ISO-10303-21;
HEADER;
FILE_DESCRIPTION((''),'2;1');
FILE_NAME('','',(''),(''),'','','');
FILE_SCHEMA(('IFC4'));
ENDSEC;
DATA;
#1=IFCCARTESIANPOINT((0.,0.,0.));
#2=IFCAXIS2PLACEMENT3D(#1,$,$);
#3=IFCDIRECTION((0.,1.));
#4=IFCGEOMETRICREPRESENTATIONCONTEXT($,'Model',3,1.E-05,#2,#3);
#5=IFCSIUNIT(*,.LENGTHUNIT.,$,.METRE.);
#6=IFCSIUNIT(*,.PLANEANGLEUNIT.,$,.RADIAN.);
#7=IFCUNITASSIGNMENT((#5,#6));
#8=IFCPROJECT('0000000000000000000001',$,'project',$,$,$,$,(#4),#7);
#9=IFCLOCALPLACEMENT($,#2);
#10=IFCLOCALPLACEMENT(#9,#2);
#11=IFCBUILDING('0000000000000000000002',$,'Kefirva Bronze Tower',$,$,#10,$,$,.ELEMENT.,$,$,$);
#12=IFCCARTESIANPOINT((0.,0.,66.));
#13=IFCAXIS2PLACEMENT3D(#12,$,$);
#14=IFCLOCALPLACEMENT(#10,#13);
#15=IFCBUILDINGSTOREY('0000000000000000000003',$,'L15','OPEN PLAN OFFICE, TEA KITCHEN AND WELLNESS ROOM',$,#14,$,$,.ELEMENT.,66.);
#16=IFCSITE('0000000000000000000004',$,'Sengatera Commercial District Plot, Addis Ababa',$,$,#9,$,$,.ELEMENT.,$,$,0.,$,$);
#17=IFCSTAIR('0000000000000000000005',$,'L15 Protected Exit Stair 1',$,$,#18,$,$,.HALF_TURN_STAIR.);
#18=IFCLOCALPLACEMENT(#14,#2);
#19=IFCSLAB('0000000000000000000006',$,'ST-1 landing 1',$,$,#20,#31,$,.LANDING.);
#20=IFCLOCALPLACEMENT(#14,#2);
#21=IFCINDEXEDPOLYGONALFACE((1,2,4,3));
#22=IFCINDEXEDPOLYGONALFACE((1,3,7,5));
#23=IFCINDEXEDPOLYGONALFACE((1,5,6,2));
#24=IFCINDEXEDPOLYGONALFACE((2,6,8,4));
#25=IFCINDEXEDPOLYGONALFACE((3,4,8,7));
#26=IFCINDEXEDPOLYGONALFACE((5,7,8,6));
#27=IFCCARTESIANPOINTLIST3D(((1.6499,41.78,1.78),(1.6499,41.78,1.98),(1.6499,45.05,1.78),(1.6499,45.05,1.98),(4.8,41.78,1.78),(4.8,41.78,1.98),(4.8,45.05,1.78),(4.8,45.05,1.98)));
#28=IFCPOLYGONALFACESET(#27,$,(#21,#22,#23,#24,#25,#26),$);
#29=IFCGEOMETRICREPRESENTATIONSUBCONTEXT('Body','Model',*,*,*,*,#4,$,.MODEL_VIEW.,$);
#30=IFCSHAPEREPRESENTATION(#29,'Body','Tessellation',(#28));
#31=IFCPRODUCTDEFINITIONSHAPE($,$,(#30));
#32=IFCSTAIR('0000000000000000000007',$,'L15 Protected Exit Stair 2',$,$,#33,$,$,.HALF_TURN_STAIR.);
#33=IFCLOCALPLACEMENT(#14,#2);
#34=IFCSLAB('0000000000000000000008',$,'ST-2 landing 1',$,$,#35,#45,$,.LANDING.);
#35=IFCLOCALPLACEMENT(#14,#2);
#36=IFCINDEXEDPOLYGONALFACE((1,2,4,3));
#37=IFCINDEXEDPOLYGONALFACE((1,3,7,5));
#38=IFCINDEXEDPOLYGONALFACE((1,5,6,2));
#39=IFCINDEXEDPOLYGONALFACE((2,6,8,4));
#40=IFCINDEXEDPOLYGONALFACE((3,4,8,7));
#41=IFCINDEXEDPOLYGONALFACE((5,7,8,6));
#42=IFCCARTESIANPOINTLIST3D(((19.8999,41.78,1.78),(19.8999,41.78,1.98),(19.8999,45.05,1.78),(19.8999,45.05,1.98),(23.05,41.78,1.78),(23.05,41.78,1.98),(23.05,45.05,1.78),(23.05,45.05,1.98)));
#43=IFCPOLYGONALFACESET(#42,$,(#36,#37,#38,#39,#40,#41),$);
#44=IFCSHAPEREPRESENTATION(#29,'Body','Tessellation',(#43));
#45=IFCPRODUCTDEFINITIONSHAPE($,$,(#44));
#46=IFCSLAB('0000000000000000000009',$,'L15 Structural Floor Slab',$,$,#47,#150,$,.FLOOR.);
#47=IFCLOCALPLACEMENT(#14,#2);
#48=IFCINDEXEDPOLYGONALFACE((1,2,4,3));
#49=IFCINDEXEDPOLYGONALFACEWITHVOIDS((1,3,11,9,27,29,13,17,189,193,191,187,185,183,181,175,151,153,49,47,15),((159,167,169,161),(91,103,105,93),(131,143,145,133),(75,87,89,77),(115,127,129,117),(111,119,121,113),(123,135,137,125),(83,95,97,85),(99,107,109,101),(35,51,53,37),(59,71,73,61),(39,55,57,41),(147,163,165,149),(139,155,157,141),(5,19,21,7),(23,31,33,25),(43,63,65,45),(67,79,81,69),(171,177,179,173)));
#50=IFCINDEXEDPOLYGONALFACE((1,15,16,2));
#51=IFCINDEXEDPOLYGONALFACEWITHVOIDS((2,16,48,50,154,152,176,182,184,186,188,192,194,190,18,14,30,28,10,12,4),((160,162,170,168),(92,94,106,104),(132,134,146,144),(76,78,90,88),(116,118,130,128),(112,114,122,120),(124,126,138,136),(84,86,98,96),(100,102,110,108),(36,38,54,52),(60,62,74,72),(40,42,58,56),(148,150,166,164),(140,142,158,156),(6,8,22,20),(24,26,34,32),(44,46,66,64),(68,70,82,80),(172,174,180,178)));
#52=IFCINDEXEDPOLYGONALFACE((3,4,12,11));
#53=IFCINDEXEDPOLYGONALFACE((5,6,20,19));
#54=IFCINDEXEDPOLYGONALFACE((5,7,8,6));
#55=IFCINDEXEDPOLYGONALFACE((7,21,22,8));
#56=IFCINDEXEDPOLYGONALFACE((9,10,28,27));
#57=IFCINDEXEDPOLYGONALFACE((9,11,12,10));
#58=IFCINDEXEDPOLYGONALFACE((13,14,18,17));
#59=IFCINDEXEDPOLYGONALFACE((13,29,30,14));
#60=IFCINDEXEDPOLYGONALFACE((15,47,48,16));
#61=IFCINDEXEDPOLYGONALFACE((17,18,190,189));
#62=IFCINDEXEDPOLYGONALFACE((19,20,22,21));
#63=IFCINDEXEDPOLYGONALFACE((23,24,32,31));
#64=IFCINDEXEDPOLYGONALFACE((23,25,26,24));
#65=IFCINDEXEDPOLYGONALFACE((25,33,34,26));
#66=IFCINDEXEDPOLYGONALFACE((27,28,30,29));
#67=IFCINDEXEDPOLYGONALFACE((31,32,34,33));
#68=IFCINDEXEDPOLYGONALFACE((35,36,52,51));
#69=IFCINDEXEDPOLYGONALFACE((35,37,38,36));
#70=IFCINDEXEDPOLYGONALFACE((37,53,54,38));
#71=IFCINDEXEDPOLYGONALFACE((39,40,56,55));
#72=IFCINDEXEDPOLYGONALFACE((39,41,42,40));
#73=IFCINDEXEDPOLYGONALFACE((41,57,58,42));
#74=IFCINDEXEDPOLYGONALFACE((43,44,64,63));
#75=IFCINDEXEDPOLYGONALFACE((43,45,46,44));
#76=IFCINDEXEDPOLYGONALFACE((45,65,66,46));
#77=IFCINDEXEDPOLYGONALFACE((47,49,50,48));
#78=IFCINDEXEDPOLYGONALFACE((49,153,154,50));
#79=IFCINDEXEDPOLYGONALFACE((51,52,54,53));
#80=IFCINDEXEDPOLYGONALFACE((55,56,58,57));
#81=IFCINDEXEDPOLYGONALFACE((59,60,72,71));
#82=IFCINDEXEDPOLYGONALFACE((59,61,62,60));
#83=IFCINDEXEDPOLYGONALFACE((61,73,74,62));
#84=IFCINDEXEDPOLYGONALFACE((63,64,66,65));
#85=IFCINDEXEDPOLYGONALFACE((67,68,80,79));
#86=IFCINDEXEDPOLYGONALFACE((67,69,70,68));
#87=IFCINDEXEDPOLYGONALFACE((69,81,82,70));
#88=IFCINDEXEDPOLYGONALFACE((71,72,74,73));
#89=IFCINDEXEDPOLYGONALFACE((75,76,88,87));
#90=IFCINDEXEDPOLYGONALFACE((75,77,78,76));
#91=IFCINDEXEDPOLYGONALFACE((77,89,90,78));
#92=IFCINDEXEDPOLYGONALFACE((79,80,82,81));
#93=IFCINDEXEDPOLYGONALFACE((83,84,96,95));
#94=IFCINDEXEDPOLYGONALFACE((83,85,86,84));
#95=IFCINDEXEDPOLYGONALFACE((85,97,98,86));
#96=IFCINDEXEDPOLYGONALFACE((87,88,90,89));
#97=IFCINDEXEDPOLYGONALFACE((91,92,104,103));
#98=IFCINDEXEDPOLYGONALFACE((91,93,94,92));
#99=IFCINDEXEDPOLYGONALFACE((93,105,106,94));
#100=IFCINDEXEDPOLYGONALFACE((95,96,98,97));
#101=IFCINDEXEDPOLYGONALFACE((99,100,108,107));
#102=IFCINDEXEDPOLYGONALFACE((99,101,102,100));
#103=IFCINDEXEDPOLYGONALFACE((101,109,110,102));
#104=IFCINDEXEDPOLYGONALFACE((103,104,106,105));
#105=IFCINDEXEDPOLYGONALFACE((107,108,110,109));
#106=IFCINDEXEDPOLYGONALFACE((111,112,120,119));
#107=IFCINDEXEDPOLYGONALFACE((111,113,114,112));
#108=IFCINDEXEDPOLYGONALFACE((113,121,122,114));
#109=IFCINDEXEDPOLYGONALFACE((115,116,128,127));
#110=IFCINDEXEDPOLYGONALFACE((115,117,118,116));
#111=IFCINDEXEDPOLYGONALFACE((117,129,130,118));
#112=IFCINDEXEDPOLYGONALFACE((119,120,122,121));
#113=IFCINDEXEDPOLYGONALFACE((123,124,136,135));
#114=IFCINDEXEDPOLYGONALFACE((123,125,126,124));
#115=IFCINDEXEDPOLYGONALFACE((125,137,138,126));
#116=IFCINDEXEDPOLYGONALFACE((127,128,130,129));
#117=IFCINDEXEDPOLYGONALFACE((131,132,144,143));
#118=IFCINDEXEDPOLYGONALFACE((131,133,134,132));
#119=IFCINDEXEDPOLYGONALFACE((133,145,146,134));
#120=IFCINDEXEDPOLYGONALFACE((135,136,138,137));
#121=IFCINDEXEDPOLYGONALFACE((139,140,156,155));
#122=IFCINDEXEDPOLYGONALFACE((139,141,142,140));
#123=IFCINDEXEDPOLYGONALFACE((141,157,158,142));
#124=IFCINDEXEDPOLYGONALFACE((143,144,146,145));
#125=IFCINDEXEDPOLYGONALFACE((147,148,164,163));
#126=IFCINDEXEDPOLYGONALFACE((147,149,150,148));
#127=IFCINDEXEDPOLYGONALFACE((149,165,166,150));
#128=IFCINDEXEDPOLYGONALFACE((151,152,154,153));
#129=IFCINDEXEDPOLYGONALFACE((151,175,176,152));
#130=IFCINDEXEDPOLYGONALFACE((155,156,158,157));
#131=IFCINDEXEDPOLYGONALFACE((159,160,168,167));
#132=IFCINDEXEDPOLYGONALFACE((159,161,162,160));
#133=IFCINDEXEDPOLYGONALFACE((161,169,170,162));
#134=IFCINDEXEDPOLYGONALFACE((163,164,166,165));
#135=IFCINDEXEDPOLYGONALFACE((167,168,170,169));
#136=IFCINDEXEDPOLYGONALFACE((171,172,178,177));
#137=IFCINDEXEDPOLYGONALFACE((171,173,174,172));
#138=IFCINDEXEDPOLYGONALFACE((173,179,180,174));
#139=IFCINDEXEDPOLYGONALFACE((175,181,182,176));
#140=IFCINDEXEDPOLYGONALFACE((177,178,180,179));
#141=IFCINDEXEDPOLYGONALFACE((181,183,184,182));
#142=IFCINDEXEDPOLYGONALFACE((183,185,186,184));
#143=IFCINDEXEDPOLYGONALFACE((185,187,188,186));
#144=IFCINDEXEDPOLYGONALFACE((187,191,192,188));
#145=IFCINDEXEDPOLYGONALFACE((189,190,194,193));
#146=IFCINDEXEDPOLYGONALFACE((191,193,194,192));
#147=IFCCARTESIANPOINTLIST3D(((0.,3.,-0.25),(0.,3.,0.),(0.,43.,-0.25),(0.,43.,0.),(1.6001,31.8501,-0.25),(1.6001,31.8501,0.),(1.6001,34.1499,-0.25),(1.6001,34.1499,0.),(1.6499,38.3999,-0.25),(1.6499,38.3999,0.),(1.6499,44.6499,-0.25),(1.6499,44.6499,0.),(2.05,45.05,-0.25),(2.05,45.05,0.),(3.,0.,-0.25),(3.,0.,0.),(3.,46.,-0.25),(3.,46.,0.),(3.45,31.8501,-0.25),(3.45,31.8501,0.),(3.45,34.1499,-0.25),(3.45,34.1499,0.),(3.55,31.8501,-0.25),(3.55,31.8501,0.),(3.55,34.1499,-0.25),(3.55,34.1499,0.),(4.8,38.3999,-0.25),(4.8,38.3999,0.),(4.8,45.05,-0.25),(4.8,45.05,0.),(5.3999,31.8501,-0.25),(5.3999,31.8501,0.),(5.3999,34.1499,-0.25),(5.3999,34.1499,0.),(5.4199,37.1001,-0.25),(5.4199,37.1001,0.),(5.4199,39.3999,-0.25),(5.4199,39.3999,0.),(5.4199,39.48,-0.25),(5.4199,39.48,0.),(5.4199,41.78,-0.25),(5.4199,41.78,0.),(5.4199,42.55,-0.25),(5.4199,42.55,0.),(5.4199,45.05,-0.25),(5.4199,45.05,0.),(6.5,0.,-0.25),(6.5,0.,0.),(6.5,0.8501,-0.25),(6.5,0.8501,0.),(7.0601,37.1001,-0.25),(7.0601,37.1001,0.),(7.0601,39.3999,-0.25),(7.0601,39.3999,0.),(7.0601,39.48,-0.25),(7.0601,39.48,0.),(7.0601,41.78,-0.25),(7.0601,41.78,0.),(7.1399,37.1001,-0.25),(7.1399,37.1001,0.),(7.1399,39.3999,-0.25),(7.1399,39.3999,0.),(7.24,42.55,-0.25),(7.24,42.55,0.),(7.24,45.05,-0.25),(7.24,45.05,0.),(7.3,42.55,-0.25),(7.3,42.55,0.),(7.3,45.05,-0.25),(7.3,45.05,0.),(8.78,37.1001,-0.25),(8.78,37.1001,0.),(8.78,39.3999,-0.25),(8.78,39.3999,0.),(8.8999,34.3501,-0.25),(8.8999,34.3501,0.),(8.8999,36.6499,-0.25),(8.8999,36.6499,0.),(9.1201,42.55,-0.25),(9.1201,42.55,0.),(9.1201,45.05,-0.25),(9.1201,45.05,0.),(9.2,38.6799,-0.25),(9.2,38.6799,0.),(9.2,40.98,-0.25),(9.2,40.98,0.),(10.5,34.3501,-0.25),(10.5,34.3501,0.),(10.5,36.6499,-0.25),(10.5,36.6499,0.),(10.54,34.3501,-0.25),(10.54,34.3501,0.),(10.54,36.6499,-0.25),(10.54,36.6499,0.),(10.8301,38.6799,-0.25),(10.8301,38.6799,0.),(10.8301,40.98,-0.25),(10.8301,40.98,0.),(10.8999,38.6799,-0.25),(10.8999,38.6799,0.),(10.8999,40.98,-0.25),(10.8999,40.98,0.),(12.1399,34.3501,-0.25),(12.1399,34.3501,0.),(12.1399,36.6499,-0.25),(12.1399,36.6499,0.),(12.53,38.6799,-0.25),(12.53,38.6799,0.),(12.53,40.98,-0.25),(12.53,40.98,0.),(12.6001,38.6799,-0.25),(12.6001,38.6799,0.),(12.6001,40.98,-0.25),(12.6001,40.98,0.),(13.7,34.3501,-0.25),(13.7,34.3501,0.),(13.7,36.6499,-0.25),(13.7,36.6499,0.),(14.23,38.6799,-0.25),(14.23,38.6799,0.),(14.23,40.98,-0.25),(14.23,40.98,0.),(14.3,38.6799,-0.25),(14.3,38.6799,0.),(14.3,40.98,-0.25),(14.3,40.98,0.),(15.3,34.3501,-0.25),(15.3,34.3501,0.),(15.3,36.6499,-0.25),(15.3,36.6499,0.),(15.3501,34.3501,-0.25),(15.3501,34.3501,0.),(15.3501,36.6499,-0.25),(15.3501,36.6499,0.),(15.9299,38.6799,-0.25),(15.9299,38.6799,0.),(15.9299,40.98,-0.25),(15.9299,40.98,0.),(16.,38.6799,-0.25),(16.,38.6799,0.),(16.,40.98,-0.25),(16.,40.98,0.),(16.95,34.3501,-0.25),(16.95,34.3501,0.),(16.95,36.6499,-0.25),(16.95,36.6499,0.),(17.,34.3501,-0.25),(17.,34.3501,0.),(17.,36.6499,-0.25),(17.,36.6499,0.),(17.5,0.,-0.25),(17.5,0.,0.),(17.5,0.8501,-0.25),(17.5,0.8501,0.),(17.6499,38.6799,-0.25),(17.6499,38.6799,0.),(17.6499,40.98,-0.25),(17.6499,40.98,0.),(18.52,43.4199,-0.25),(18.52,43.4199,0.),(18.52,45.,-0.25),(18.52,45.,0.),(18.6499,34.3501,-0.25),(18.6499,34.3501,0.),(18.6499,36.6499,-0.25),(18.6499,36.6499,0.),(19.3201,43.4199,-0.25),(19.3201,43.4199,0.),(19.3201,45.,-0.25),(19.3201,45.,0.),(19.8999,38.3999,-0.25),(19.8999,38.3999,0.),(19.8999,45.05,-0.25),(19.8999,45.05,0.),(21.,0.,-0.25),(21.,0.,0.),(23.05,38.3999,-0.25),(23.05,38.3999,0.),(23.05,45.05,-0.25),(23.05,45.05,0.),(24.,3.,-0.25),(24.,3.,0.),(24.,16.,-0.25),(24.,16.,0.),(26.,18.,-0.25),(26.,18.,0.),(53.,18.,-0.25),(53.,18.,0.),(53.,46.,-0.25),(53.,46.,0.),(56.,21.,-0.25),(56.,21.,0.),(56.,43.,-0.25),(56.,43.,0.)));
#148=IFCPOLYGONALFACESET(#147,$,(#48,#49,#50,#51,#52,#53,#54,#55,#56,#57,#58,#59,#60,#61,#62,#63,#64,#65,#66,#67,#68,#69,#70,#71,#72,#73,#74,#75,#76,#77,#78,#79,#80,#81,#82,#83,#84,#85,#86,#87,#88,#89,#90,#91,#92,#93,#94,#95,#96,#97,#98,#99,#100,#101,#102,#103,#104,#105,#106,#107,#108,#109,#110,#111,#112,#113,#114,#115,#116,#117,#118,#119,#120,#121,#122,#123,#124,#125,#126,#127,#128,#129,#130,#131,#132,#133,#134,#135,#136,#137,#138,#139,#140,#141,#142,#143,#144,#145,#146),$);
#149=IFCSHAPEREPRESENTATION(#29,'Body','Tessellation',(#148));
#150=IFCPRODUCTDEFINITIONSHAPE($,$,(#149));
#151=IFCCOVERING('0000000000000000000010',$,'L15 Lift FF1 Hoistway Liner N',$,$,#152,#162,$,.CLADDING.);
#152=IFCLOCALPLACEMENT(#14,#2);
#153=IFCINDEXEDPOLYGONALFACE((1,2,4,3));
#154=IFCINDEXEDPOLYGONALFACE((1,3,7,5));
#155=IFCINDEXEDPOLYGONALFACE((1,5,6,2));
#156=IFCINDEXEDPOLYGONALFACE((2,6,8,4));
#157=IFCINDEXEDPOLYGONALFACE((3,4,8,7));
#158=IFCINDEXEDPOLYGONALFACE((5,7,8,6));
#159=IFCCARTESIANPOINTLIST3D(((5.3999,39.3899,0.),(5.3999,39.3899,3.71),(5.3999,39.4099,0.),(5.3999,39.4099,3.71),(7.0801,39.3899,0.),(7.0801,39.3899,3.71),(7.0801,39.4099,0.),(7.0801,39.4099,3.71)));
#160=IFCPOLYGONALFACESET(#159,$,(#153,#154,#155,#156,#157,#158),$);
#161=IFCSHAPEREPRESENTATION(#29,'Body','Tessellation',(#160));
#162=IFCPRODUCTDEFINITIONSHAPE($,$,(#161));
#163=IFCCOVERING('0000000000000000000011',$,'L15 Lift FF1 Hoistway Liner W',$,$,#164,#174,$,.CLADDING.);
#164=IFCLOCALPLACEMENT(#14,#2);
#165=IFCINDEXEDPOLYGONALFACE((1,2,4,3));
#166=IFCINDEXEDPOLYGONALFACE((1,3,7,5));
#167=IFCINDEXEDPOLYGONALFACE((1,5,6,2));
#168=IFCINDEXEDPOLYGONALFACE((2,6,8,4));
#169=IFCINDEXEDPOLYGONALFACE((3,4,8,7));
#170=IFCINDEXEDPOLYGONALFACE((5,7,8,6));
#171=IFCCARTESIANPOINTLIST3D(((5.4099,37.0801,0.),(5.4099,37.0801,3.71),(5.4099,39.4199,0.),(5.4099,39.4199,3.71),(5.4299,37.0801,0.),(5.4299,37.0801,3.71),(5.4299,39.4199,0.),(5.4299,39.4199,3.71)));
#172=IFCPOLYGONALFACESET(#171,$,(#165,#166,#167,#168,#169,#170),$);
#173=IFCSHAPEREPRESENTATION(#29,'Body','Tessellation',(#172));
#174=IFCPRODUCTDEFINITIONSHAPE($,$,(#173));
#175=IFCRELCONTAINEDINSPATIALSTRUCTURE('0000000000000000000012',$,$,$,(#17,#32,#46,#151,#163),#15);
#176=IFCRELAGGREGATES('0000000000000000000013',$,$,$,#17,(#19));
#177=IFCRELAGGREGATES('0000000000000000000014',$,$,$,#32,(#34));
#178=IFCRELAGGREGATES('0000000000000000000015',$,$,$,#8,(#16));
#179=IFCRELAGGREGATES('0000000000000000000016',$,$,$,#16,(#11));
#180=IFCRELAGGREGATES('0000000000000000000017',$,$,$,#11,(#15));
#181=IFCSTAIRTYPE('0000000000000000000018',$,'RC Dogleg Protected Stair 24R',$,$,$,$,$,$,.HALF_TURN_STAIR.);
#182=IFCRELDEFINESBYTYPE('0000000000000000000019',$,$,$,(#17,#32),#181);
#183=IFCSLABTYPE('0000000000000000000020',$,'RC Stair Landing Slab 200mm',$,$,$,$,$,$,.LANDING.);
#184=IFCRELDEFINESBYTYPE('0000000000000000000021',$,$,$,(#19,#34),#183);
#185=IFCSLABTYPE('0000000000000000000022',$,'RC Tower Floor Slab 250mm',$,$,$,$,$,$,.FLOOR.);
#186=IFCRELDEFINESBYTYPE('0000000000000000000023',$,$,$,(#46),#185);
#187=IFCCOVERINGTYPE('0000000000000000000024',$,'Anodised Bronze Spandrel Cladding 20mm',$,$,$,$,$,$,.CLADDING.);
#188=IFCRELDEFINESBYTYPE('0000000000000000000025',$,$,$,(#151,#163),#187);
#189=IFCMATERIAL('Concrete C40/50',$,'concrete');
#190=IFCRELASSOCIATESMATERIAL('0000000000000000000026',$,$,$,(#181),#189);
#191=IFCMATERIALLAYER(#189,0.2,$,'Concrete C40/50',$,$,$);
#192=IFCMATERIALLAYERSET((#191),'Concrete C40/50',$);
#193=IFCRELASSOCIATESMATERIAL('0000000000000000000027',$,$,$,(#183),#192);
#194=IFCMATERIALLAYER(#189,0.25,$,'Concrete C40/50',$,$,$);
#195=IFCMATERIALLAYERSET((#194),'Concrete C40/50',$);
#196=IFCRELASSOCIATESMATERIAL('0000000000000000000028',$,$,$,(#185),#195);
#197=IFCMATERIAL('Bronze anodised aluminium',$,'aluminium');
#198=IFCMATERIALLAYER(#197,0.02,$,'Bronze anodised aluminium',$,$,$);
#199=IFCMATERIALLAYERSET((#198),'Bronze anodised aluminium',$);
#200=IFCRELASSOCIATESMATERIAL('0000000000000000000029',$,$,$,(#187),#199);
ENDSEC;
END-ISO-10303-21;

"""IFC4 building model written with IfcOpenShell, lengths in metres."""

from ifc_helpers import new_model, si_unit, direction, frame, origin, place, context, subcontext, project, spatial, polyline, outline, extrude, material, layer, layer_set, type_object, element, aggregate, save


model = new_model("IFC4")

# Units and contexts
model_context = context("Model", 3, precision=1e-05, world=origin(), true_north=direction((0.0, 1.0)))
body_context = subcontext(model_context, "Body", "Model", "MODEL_VIEW")
ifc_project = project(units=[si_unit("LENGTHUNIT", "METRE"), si_unit("PLANEANGLEUNIT", "RADIAN")], contexts=[model_context])

# Site, building, storey
site_placement = place(None, origin())
site = spatial("IfcSite", under=ifc_project, at=site_placement, Name="Sengatera Commercial District Plot, Addis Ababa", CompositionType="ELEMENT", RefElevation=0.0)
building_placement = place(site_placement, origin())
building = spatial("IfcBuilding", under=site, at=building_placement, Name="Kefirva Bronze Tower", CompositionType="ELEMENT")
storey_placement = place(building_placement, frame((0.0, 0.0, 66.0)))
storey = spatial("IfcBuildingStorey", under=building, at=storey_placement, Name="L15", Description="OPEN PLAN OFFICE, TEA KITCHEN AND WELLNESS ROOM", CompositionType="ELEMENT", Elevation=66.0)

# Stairs, slabs
ifc_material_1 = material(Name="Concrete C40/50", Category="concrete")
stair_type = type_object("IfcStairType", Name="RC Dogleg Protected Stair 24R", PredefinedType="HALF_TURN_STAIR", material=ifc_material_1)
stair_1_placement = place(storey_placement, origin())
stair_1 = element("IfcStair", 1, at=stair_1_placement, inside=storey, type_object=stair_type, Name="L15 Protected Exit Stair 1", PredefinedType="HALF_TURN_STAIR")
ifc_layer_1 = layer(ifc_material_1, 0.2, Name="Concrete C40/50")
ifc_layer_set_1 = layer_set([ifc_layer_1], Name="Concrete C40/50")
slab_type_1 = type_object("IfcSlabType", Name="RC Stair Landing Slab 200mm", PredefinedType="LANDING", material=ifc_layer_set_1)
slab_1_placement = place(storey_placement, frame((0.0, 0.0, 1.78)))
slab_1 = element("IfcSlab", 2, at=slab_1_placement, type_object=slab_type_1, Name="ST-1 landing 1", PredefinedType="LANDING", context=body_context, shape_type="SweptSolid", body=[
    extrude(outline(polyline([(4.8, 41.78), (4.8, 45.05), (1.6499, 45.05), (1.6499, 41.78), (4.8, 41.78)])), origin(), (0.0, 0.0, 1.0), 0.2),
])
aggregate(stair_1, [slab_1])
stair_2_placement = place(storey_placement, origin())
stair_2 = element("IfcStair", 3, at=stair_2_placement, inside=storey, type_object=stair_type, Name="L15 Protected Exit Stair 2", PredefinedType="HALF_TURN_STAIR")
slab_2_placement = place(storey_placement, frame((0.0, 0.0, 1.78)))
slab_2 = element("IfcSlab", 4, at=slab_2_placement, type_object=slab_type_1, Name="ST-2 landing 1", PredefinedType="LANDING", context=body_context, shape_type="SweptSolid", body=[
    extrude(outline(polyline([(23.05, 41.78), (23.05, 45.05), (19.8999, 45.05), (19.8999, 41.78), (23.05, 41.78)])), origin(), (0.0, 0.0, 1.0), 0.2),
])
aggregate(stair_2, [slab_2])

# Slab
ifc_layer_2 = layer(ifc_material_1, 0.25, Name="Concrete C40/50")
ifc_layer_set_2 = layer_set([ifc_layer_2], Name="Concrete C40/50")
slab_type_2 = type_object("IfcSlabType", Name="RC Tower Floor Slab 250mm", PredefinedType="FLOOR", material=ifc_layer_set_2)
slab_3_placement = place(storey_placement, frame((0.0, 0.0, -0.25)))
element("IfcSlab", 5, at=slab_3_placement, inside=storey, type_object=slab_type_2, Name="L15 Structural Floor Slab", PredefinedType="FLOOR", context=body_context, shape_type="SweptSolid", body=[
    extrude(outline(polyline([(0.0, 3.0), (0.0, 43.0), (1.6499, 44.6499), (1.6499, 38.3999), (4.8, 38.3999), (4.8, 45.05), (2.05, 45.05), (3.0, 46.0), (53.0, 46.0), (56.0, 43.0), (56.0, 21.0), (53.0, 18.0), (26.0, 18.0), (24.0, 16.0), (24.0, 3.0), (21.0, 0.0), (17.5, 0.0), (17.5, 0.8501), (6.5, 0.8501), (6.5, 0.0), (3.0, 0.0), (0.0, 3.0)]), holes=[polyline([(19.8999, 38.3999), (23.05, 38.3999), (23.05, 45.05), (19.8999, 45.05), (19.8999, 38.3999)]), polyline([(18.52, 43.4199), (19.3201, 43.4199), (19.3201, 45.0), (18.52, 45.0), (18.52, 43.4199)]), polyline([(17.0, 34.3501), (18.6499, 34.3501), (18.6499, 36.6499), (17.0, 36.6499), (17.0, 34.3501)]), polyline([(17.6499, 38.6799), (17.6499, 40.98), (16.0, 40.98), (16.0, 38.6799), (17.6499, 38.6799)]), polyline([(16.95, 34.3501), (16.95, 36.6499), (15.3501, 36.6499), (15.3501, 34.3501), (16.95, 34.3501)]), polyline([(15.9299, 38.6799), (15.9299, 40.98), (14.3, 40.98), (14.3, 38.6799), (15.9299, 38.6799)]), polyline([(15.3, 34.3501), (15.3, 36.6499), (13.7, 36.6499), (13.7, 34.3501), (15.3, 34.3501)]), polyline([(14.23, 38.6799), (14.23, 40.98), (12.6001, 40.98), (12.6001, 38.6799), (14.23, 38.6799)]), polyline([(10.8999, 38.6799), (12.53, 38.6799), (12.53, 40.98), (10.8999, 40.98), (10.8999, 38.6799)]), polyline([(12.1399, 34.3501), (12.1399, 36.6499), (10.54, 36.6499), (10.54, 34.3501), (12.1399, 34.3501)]), polyline([(10.8301, 38.6799), (10.8301, 40.98), (9.2, 40.98), (9.2, 38.6799), (10.8301, 38.6799)]), polyline([(10.5, 34.3501), (10.5, 36.6499), (8.8999, 36.6499), (8.8999, 34.3501), (10.5, 34.3501)]), polyline([(7.3, 42.55), (9.1201, 42.55), (9.1201, 45.05), (7.3, 45.05), (7.3, 42.55)]), polyline([(7.1399, 37.1001), (8.78, 37.1001), (8.78, 39.3999), (7.1399, 39.3999), (7.1399, 37.1001)]), polyline([(5.4199, 42.55), (7.24, 42.55), (7.24, 45.05), (5.4199, 45.05), (5.4199, 42.55)]), polyline([(7.0601, 39.48), (7.0601, 41.78), (5.4199, 41.78), (5.4199, 39.48), (7.0601, 39.48)]), polyline([(5.4199, 37.1001), (7.0601, 37.1001), (7.0601, 39.3999), (5.4199, 39.3999), (5.4199, 37.1001)]), polyline([(5.3999, 31.8501), (5.3999, 34.1499), (3.55, 34.1499), (3.55, 31.8501), (5.3999, 31.8501)]), polyline([(3.45, 31.8501), (3.45, 34.1499), (1.6001, 34.1499), (1.6001, 31.8501), (3.45, 31.8501)])]), origin(), (0.0, 0.0, 1.0), 0.25),
])

# Coverings
ifc_material_2 = material(Name="Bronze anodised aluminium", Category="aluminium")
ifc_layer_3 = layer(ifc_material_2, 0.02, Name="Bronze anodised aluminium")
ifc_layer_set_3 = layer_set([ifc_layer_3], Name="Bronze anodised aluminium")
covering_type = type_object("IfcCoveringType", Name="Anodised Bronze Spandrel Cladding 20mm", PredefinedType="CLADDING", material=ifc_layer_set_3)
covering_1_placement = place(storey_placement, origin())
element("IfcCovering", 6, at=covering_1_placement, inside=storey, type_object=covering_type, Name="L15 Lift FF1 Hoistway Liner N", PredefinedType="CLADDING", context=body_context, shape_type="SweptSolid", body=[
    extrude(outline(polyline([(5.3999, 39.3899), (7.0801, 39.3899), (7.0801, 39.4099), (5.3999, 39.4099), (5.3999, 39.3899)])), origin(), (0.0, 0.0, 1.0), 3.71),
])
covering_2_placement = place(storey_placement, origin())
element("IfcCovering", 7, at=covering_2_placement, inside=storey, type_object=covering_type, Name="L15 Lift FF1 Hoistway Liner W", PredefinedType="CLADDING", context=body_context, shape_type="SweptSolid", body=[
    extrude(outline(polyline([(5.4099, 37.0801), (5.4299, 37.0801), (5.4299, 39.4199), (5.4099, 39.4199), (5.4099, 37.0801)])), origin(), (0.0, 0.0, 1.0), 3.71),
])

save(model, "model.ifc")
